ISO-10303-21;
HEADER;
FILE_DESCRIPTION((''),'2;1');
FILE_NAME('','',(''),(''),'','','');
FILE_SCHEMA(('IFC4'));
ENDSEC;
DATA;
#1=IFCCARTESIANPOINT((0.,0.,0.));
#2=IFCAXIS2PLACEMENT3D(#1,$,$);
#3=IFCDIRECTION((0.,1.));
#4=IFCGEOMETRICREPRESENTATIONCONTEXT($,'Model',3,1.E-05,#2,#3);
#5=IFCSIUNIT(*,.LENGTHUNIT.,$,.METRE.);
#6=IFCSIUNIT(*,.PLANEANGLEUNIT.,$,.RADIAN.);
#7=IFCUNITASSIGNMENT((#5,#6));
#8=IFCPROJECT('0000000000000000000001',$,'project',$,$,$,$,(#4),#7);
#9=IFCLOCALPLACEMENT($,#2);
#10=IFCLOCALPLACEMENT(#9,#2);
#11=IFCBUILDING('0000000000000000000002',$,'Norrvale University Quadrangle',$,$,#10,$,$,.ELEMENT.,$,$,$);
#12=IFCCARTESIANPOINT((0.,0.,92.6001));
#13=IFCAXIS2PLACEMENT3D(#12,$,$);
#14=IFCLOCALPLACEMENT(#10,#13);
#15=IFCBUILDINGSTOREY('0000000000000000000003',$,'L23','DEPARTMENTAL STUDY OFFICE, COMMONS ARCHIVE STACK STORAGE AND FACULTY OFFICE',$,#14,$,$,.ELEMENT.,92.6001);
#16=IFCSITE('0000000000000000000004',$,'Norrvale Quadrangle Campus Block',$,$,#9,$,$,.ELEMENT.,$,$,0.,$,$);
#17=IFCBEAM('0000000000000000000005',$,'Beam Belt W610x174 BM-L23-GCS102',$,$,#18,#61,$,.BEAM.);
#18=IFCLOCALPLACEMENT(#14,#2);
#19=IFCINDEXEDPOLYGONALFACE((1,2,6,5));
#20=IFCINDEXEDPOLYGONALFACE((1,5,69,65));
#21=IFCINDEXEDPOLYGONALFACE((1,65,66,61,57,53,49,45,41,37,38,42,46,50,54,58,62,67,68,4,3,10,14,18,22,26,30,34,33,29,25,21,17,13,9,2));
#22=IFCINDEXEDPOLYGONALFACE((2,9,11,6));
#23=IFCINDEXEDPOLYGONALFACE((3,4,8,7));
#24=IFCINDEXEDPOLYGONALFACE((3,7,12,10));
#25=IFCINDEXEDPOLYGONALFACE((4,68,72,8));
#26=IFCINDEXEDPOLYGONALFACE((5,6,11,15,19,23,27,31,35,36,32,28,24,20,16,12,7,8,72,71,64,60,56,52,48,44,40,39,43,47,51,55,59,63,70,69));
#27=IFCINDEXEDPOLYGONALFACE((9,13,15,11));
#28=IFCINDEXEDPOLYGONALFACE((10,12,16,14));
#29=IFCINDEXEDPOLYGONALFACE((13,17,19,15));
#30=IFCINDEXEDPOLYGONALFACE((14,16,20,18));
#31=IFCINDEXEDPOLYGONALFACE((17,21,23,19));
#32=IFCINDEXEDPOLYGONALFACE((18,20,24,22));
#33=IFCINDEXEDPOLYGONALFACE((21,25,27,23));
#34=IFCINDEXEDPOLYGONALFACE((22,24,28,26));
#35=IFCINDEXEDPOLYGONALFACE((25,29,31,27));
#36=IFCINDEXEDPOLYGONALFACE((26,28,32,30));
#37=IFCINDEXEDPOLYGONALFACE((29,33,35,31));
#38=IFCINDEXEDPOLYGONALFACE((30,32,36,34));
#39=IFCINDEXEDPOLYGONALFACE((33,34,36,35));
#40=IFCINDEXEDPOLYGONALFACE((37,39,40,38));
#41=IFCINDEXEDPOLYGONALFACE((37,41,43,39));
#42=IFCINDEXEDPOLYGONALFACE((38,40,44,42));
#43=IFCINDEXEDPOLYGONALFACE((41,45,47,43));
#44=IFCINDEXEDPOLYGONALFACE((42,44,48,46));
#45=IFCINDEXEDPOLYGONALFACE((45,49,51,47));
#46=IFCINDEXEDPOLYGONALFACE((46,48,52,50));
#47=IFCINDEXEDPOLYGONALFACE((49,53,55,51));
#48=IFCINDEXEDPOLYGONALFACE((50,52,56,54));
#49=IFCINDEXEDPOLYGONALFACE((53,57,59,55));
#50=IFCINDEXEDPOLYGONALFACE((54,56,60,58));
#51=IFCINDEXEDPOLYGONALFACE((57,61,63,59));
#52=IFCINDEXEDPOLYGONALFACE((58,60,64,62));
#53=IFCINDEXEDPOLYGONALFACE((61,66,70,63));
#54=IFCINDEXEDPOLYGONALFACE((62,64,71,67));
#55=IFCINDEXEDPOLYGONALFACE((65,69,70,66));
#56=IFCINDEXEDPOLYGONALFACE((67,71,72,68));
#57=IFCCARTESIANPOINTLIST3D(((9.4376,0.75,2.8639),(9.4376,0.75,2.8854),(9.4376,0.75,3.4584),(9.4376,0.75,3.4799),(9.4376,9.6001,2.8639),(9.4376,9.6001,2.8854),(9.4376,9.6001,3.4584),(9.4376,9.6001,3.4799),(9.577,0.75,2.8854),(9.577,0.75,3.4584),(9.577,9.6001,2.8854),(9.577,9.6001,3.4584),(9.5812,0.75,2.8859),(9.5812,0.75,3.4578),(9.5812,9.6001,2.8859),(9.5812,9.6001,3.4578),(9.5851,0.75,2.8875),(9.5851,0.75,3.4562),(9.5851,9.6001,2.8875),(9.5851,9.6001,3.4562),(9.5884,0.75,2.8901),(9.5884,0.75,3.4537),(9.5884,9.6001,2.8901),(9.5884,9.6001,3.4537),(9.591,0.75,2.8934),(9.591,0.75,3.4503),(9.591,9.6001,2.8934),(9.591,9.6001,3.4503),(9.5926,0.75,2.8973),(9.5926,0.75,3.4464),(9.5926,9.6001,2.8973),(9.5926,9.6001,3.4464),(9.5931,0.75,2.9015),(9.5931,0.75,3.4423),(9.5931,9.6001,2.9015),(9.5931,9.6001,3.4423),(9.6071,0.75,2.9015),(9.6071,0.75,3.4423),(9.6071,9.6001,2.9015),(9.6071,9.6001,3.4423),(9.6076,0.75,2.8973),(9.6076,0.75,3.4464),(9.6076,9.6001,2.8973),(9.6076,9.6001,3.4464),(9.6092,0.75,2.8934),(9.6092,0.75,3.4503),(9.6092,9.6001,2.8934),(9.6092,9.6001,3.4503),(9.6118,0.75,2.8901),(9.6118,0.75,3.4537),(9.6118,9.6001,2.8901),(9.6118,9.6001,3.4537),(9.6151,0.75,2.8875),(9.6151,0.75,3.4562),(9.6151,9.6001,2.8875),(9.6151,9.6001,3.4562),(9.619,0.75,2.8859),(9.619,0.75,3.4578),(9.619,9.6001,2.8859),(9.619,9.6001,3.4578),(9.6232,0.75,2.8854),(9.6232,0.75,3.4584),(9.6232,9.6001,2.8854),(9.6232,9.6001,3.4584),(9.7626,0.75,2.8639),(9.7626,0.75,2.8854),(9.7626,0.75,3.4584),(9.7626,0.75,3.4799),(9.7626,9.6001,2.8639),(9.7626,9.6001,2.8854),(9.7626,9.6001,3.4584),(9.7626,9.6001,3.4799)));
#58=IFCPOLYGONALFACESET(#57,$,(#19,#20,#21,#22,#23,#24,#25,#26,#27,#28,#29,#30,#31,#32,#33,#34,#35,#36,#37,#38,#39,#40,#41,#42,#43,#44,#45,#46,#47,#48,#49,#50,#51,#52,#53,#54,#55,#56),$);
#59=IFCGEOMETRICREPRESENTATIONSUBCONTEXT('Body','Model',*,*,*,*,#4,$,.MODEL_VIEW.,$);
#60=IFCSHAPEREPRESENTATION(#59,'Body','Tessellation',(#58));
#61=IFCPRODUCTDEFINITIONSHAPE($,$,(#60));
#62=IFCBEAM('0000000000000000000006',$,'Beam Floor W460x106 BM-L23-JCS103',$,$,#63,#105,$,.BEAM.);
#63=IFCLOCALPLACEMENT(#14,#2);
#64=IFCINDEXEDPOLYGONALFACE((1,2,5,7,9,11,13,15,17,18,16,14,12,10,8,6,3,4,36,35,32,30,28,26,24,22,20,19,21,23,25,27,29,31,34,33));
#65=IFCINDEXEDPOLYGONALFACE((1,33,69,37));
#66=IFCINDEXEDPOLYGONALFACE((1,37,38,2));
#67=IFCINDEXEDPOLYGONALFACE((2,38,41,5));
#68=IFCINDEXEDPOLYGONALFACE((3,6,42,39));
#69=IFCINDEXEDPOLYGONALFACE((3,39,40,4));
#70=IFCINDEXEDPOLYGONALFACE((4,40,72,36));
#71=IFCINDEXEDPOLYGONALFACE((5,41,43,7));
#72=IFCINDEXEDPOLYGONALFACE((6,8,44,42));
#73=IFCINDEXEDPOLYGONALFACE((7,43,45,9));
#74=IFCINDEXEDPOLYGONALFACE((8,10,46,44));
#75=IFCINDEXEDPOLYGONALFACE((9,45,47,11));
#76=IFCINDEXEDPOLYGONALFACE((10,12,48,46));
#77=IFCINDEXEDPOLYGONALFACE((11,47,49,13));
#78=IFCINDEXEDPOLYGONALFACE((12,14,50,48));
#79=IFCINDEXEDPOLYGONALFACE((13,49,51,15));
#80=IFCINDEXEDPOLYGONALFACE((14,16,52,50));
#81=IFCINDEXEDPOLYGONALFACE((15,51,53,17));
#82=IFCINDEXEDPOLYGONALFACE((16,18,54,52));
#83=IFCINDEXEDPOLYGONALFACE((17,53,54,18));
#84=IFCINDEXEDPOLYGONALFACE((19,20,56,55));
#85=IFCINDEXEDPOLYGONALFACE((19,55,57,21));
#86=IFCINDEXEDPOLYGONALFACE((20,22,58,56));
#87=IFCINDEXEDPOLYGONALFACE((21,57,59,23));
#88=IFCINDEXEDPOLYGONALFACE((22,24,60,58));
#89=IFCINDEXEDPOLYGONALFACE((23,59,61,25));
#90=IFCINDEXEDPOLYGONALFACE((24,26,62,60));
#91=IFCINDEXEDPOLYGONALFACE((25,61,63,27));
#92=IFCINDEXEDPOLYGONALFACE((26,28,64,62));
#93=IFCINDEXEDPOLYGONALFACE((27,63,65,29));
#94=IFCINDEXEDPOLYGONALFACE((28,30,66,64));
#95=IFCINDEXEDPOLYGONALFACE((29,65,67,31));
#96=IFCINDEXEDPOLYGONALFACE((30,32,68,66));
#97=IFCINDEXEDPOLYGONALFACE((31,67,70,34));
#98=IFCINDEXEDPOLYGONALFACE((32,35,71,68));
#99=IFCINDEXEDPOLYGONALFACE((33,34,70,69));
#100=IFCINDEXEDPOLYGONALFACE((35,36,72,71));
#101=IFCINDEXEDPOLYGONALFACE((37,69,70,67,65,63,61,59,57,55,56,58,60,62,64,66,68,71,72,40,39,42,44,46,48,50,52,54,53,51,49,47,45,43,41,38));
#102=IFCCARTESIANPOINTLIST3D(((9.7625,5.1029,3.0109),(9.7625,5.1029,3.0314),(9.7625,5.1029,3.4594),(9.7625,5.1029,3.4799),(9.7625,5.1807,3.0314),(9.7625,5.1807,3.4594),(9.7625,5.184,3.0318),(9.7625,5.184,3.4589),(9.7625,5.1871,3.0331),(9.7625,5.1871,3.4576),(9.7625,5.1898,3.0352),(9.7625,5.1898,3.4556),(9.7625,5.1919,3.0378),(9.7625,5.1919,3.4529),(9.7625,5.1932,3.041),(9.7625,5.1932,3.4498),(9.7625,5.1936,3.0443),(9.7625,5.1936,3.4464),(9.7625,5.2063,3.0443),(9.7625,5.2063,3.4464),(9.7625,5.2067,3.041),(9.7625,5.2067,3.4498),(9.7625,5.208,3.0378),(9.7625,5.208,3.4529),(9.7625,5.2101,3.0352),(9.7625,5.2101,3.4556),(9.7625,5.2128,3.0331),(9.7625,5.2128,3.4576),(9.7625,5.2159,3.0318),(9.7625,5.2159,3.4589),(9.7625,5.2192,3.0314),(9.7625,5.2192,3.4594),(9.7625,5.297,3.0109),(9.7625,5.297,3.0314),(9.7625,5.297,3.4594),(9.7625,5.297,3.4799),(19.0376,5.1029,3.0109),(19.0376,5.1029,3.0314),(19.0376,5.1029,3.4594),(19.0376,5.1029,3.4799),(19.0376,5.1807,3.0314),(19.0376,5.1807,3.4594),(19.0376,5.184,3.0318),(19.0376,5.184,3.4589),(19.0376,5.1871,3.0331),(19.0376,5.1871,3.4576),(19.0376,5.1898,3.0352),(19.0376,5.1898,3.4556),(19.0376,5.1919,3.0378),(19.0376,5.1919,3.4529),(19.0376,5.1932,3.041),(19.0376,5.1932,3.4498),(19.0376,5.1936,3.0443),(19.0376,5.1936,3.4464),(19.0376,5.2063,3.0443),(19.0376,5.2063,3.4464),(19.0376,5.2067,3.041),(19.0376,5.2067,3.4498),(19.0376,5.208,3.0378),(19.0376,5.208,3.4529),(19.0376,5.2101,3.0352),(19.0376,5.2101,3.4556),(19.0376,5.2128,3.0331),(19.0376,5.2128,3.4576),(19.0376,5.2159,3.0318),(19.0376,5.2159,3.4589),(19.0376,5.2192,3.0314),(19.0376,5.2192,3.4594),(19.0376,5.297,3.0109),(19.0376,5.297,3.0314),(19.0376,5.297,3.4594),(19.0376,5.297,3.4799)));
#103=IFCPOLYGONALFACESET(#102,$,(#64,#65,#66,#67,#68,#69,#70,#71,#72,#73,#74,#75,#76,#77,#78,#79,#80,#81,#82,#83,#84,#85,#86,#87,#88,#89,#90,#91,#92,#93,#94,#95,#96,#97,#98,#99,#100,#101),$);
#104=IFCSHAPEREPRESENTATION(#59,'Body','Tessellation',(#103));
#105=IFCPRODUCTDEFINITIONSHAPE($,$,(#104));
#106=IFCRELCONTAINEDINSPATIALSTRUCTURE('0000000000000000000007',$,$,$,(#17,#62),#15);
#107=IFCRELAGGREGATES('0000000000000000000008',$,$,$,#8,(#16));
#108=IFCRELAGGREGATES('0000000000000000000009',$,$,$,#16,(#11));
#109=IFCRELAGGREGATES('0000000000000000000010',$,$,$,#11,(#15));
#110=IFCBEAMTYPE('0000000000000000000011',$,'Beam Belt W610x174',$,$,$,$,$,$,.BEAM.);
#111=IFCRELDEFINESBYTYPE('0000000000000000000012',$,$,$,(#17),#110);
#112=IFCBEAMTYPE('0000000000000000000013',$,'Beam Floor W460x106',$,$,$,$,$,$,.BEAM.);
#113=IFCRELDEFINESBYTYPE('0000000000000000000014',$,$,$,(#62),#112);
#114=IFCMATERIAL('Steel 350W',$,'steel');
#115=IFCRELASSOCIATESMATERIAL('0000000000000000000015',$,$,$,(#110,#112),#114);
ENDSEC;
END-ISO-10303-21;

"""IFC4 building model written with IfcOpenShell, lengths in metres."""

from ifc_helpers import new_model, si_unit, direction, frame, origin, origin_2d, place, context, subcontext, project, spatial, i_section, extrude, material, material_profile, profile_set, type_object, element, save


model = new_model("IFC4")

# Units and contexts
model_context = context("Model", 3, precision=1e-05, world=origin(), true_north=direction((0.0, 1.0)))
body_context = subcontext(model_context, "Body", "Model", "MODEL_VIEW")
ifc_project = project(units=[si_unit("LENGTHUNIT", "METRE"), si_unit("PLANEANGLEUNIT", "RADIAN")], contexts=[model_context])

# Site, building, storey
site_placement = place(None, origin())
site = spatial("IfcSite", under=ifc_project, at=site_placement, Name="Norrvale Quadrangle Campus Block", CompositionType="ELEMENT", RefElevation=0.0)
building_placement = place(site_placement, origin())
building = spatial("IfcBuilding", under=site, at=building_placement, Name="Norrvale University Quadrangle", CompositionType="ELEMENT")
storey_placement = place(building_placement, frame((0.0, 0.0, 92.6001)))
storey = spatial("IfcBuildingStorey", under=building, at=storey_placement, Name="L23", Description="DEPARTMENTAL STUDY OFFICE, COMMONS ARCHIVE STACK STORAGE AND FACULTY OFFICE", CompositionType="ELEMENT", Elevation=92.6001)

# Beams
ifc_material_1 = material(Name="Steel 350W", Category="steel")
ifc_material_profile_1 = material_profile(ifc_material_1, i_section(OverallWidth=0.325, OverallDepth=0.616, WebThickness=0.0139, FlangeThickness=0.0215, FilletRadius=0.0161, at=origin_2d()), Name="Steel 350W")
ifc_profile_set_1 = profile_set([ifc_material_profile_1], Name="Steel 350W")
beam_type_1 = type_object("IfcBeamType", Name="Beam Belt W610x174", PredefinedType="BEAM", material=ifc_profile_set_1)
beam_1_placement = place(storey_placement, frame((9.6001, 0.75, 3.1719), z_axis=(0.0, 1.0, 0.0), x_axis=(-1.0, 0.0, 0.0)))
element("IfcBeam", 1, at=beam_1_placement, inside=storey, type_object=beam_type_1, Name="Beam Belt W610x174 BM-L23-GCS102", PredefinedType="BEAM", context=body_context, shape_type="SweptSolid", body=[
    extrude(i_section(OverallWidth=0.325, OverallDepth=0.616, WebThickness=0.0139, FlangeThickness=0.0215, FilletRadius=0.0161, at=origin_2d()), origin(), (0.0, 0.0, 1.0), 8.8501),
])
ifc_material_profile_2 = material_profile(ifc_material_1, i_section(OverallWidth=0.1941, OverallDepth=0.469, WebThickness=0.0127, FlangeThickness=0.0205, FilletRadius=0.0129, at=origin_2d()), Name="Steel 350W")
ifc_profile_set_2 = profile_set([ifc_material_profile_2], Name="Steel 350W")
beam_type_2 = type_object("IfcBeamType", Name="Beam Floor W460x106", PredefinedType="BEAM", material=ifc_profile_set_2)
beam_2_placement = place(storey_placement, frame((9.7625, 5.2, 3.2454), z_axis=(1.0, 0.0, 0.0), x_axis=(0.0, 1.0, 0.0)))
element("IfcBeam", 2, at=beam_2_placement, inside=storey, type_object=beam_type_2, Name="Beam Floor W460x106 BM-L23-JCS103", PredefinedType="BEAM", context=body_context, shape_type="SweptSolid", body=[
    extrude(i_section(OverallWidth=0.1941, OverallDepth=0.469, WebThickness=0.0127, FlangeThickness=0.0205, FilletRadius=0.0129, at=origin_2d()), origin(), (0.0, 0.0, 1.0), 9.2751),
])

save(model, "model.ifc")
